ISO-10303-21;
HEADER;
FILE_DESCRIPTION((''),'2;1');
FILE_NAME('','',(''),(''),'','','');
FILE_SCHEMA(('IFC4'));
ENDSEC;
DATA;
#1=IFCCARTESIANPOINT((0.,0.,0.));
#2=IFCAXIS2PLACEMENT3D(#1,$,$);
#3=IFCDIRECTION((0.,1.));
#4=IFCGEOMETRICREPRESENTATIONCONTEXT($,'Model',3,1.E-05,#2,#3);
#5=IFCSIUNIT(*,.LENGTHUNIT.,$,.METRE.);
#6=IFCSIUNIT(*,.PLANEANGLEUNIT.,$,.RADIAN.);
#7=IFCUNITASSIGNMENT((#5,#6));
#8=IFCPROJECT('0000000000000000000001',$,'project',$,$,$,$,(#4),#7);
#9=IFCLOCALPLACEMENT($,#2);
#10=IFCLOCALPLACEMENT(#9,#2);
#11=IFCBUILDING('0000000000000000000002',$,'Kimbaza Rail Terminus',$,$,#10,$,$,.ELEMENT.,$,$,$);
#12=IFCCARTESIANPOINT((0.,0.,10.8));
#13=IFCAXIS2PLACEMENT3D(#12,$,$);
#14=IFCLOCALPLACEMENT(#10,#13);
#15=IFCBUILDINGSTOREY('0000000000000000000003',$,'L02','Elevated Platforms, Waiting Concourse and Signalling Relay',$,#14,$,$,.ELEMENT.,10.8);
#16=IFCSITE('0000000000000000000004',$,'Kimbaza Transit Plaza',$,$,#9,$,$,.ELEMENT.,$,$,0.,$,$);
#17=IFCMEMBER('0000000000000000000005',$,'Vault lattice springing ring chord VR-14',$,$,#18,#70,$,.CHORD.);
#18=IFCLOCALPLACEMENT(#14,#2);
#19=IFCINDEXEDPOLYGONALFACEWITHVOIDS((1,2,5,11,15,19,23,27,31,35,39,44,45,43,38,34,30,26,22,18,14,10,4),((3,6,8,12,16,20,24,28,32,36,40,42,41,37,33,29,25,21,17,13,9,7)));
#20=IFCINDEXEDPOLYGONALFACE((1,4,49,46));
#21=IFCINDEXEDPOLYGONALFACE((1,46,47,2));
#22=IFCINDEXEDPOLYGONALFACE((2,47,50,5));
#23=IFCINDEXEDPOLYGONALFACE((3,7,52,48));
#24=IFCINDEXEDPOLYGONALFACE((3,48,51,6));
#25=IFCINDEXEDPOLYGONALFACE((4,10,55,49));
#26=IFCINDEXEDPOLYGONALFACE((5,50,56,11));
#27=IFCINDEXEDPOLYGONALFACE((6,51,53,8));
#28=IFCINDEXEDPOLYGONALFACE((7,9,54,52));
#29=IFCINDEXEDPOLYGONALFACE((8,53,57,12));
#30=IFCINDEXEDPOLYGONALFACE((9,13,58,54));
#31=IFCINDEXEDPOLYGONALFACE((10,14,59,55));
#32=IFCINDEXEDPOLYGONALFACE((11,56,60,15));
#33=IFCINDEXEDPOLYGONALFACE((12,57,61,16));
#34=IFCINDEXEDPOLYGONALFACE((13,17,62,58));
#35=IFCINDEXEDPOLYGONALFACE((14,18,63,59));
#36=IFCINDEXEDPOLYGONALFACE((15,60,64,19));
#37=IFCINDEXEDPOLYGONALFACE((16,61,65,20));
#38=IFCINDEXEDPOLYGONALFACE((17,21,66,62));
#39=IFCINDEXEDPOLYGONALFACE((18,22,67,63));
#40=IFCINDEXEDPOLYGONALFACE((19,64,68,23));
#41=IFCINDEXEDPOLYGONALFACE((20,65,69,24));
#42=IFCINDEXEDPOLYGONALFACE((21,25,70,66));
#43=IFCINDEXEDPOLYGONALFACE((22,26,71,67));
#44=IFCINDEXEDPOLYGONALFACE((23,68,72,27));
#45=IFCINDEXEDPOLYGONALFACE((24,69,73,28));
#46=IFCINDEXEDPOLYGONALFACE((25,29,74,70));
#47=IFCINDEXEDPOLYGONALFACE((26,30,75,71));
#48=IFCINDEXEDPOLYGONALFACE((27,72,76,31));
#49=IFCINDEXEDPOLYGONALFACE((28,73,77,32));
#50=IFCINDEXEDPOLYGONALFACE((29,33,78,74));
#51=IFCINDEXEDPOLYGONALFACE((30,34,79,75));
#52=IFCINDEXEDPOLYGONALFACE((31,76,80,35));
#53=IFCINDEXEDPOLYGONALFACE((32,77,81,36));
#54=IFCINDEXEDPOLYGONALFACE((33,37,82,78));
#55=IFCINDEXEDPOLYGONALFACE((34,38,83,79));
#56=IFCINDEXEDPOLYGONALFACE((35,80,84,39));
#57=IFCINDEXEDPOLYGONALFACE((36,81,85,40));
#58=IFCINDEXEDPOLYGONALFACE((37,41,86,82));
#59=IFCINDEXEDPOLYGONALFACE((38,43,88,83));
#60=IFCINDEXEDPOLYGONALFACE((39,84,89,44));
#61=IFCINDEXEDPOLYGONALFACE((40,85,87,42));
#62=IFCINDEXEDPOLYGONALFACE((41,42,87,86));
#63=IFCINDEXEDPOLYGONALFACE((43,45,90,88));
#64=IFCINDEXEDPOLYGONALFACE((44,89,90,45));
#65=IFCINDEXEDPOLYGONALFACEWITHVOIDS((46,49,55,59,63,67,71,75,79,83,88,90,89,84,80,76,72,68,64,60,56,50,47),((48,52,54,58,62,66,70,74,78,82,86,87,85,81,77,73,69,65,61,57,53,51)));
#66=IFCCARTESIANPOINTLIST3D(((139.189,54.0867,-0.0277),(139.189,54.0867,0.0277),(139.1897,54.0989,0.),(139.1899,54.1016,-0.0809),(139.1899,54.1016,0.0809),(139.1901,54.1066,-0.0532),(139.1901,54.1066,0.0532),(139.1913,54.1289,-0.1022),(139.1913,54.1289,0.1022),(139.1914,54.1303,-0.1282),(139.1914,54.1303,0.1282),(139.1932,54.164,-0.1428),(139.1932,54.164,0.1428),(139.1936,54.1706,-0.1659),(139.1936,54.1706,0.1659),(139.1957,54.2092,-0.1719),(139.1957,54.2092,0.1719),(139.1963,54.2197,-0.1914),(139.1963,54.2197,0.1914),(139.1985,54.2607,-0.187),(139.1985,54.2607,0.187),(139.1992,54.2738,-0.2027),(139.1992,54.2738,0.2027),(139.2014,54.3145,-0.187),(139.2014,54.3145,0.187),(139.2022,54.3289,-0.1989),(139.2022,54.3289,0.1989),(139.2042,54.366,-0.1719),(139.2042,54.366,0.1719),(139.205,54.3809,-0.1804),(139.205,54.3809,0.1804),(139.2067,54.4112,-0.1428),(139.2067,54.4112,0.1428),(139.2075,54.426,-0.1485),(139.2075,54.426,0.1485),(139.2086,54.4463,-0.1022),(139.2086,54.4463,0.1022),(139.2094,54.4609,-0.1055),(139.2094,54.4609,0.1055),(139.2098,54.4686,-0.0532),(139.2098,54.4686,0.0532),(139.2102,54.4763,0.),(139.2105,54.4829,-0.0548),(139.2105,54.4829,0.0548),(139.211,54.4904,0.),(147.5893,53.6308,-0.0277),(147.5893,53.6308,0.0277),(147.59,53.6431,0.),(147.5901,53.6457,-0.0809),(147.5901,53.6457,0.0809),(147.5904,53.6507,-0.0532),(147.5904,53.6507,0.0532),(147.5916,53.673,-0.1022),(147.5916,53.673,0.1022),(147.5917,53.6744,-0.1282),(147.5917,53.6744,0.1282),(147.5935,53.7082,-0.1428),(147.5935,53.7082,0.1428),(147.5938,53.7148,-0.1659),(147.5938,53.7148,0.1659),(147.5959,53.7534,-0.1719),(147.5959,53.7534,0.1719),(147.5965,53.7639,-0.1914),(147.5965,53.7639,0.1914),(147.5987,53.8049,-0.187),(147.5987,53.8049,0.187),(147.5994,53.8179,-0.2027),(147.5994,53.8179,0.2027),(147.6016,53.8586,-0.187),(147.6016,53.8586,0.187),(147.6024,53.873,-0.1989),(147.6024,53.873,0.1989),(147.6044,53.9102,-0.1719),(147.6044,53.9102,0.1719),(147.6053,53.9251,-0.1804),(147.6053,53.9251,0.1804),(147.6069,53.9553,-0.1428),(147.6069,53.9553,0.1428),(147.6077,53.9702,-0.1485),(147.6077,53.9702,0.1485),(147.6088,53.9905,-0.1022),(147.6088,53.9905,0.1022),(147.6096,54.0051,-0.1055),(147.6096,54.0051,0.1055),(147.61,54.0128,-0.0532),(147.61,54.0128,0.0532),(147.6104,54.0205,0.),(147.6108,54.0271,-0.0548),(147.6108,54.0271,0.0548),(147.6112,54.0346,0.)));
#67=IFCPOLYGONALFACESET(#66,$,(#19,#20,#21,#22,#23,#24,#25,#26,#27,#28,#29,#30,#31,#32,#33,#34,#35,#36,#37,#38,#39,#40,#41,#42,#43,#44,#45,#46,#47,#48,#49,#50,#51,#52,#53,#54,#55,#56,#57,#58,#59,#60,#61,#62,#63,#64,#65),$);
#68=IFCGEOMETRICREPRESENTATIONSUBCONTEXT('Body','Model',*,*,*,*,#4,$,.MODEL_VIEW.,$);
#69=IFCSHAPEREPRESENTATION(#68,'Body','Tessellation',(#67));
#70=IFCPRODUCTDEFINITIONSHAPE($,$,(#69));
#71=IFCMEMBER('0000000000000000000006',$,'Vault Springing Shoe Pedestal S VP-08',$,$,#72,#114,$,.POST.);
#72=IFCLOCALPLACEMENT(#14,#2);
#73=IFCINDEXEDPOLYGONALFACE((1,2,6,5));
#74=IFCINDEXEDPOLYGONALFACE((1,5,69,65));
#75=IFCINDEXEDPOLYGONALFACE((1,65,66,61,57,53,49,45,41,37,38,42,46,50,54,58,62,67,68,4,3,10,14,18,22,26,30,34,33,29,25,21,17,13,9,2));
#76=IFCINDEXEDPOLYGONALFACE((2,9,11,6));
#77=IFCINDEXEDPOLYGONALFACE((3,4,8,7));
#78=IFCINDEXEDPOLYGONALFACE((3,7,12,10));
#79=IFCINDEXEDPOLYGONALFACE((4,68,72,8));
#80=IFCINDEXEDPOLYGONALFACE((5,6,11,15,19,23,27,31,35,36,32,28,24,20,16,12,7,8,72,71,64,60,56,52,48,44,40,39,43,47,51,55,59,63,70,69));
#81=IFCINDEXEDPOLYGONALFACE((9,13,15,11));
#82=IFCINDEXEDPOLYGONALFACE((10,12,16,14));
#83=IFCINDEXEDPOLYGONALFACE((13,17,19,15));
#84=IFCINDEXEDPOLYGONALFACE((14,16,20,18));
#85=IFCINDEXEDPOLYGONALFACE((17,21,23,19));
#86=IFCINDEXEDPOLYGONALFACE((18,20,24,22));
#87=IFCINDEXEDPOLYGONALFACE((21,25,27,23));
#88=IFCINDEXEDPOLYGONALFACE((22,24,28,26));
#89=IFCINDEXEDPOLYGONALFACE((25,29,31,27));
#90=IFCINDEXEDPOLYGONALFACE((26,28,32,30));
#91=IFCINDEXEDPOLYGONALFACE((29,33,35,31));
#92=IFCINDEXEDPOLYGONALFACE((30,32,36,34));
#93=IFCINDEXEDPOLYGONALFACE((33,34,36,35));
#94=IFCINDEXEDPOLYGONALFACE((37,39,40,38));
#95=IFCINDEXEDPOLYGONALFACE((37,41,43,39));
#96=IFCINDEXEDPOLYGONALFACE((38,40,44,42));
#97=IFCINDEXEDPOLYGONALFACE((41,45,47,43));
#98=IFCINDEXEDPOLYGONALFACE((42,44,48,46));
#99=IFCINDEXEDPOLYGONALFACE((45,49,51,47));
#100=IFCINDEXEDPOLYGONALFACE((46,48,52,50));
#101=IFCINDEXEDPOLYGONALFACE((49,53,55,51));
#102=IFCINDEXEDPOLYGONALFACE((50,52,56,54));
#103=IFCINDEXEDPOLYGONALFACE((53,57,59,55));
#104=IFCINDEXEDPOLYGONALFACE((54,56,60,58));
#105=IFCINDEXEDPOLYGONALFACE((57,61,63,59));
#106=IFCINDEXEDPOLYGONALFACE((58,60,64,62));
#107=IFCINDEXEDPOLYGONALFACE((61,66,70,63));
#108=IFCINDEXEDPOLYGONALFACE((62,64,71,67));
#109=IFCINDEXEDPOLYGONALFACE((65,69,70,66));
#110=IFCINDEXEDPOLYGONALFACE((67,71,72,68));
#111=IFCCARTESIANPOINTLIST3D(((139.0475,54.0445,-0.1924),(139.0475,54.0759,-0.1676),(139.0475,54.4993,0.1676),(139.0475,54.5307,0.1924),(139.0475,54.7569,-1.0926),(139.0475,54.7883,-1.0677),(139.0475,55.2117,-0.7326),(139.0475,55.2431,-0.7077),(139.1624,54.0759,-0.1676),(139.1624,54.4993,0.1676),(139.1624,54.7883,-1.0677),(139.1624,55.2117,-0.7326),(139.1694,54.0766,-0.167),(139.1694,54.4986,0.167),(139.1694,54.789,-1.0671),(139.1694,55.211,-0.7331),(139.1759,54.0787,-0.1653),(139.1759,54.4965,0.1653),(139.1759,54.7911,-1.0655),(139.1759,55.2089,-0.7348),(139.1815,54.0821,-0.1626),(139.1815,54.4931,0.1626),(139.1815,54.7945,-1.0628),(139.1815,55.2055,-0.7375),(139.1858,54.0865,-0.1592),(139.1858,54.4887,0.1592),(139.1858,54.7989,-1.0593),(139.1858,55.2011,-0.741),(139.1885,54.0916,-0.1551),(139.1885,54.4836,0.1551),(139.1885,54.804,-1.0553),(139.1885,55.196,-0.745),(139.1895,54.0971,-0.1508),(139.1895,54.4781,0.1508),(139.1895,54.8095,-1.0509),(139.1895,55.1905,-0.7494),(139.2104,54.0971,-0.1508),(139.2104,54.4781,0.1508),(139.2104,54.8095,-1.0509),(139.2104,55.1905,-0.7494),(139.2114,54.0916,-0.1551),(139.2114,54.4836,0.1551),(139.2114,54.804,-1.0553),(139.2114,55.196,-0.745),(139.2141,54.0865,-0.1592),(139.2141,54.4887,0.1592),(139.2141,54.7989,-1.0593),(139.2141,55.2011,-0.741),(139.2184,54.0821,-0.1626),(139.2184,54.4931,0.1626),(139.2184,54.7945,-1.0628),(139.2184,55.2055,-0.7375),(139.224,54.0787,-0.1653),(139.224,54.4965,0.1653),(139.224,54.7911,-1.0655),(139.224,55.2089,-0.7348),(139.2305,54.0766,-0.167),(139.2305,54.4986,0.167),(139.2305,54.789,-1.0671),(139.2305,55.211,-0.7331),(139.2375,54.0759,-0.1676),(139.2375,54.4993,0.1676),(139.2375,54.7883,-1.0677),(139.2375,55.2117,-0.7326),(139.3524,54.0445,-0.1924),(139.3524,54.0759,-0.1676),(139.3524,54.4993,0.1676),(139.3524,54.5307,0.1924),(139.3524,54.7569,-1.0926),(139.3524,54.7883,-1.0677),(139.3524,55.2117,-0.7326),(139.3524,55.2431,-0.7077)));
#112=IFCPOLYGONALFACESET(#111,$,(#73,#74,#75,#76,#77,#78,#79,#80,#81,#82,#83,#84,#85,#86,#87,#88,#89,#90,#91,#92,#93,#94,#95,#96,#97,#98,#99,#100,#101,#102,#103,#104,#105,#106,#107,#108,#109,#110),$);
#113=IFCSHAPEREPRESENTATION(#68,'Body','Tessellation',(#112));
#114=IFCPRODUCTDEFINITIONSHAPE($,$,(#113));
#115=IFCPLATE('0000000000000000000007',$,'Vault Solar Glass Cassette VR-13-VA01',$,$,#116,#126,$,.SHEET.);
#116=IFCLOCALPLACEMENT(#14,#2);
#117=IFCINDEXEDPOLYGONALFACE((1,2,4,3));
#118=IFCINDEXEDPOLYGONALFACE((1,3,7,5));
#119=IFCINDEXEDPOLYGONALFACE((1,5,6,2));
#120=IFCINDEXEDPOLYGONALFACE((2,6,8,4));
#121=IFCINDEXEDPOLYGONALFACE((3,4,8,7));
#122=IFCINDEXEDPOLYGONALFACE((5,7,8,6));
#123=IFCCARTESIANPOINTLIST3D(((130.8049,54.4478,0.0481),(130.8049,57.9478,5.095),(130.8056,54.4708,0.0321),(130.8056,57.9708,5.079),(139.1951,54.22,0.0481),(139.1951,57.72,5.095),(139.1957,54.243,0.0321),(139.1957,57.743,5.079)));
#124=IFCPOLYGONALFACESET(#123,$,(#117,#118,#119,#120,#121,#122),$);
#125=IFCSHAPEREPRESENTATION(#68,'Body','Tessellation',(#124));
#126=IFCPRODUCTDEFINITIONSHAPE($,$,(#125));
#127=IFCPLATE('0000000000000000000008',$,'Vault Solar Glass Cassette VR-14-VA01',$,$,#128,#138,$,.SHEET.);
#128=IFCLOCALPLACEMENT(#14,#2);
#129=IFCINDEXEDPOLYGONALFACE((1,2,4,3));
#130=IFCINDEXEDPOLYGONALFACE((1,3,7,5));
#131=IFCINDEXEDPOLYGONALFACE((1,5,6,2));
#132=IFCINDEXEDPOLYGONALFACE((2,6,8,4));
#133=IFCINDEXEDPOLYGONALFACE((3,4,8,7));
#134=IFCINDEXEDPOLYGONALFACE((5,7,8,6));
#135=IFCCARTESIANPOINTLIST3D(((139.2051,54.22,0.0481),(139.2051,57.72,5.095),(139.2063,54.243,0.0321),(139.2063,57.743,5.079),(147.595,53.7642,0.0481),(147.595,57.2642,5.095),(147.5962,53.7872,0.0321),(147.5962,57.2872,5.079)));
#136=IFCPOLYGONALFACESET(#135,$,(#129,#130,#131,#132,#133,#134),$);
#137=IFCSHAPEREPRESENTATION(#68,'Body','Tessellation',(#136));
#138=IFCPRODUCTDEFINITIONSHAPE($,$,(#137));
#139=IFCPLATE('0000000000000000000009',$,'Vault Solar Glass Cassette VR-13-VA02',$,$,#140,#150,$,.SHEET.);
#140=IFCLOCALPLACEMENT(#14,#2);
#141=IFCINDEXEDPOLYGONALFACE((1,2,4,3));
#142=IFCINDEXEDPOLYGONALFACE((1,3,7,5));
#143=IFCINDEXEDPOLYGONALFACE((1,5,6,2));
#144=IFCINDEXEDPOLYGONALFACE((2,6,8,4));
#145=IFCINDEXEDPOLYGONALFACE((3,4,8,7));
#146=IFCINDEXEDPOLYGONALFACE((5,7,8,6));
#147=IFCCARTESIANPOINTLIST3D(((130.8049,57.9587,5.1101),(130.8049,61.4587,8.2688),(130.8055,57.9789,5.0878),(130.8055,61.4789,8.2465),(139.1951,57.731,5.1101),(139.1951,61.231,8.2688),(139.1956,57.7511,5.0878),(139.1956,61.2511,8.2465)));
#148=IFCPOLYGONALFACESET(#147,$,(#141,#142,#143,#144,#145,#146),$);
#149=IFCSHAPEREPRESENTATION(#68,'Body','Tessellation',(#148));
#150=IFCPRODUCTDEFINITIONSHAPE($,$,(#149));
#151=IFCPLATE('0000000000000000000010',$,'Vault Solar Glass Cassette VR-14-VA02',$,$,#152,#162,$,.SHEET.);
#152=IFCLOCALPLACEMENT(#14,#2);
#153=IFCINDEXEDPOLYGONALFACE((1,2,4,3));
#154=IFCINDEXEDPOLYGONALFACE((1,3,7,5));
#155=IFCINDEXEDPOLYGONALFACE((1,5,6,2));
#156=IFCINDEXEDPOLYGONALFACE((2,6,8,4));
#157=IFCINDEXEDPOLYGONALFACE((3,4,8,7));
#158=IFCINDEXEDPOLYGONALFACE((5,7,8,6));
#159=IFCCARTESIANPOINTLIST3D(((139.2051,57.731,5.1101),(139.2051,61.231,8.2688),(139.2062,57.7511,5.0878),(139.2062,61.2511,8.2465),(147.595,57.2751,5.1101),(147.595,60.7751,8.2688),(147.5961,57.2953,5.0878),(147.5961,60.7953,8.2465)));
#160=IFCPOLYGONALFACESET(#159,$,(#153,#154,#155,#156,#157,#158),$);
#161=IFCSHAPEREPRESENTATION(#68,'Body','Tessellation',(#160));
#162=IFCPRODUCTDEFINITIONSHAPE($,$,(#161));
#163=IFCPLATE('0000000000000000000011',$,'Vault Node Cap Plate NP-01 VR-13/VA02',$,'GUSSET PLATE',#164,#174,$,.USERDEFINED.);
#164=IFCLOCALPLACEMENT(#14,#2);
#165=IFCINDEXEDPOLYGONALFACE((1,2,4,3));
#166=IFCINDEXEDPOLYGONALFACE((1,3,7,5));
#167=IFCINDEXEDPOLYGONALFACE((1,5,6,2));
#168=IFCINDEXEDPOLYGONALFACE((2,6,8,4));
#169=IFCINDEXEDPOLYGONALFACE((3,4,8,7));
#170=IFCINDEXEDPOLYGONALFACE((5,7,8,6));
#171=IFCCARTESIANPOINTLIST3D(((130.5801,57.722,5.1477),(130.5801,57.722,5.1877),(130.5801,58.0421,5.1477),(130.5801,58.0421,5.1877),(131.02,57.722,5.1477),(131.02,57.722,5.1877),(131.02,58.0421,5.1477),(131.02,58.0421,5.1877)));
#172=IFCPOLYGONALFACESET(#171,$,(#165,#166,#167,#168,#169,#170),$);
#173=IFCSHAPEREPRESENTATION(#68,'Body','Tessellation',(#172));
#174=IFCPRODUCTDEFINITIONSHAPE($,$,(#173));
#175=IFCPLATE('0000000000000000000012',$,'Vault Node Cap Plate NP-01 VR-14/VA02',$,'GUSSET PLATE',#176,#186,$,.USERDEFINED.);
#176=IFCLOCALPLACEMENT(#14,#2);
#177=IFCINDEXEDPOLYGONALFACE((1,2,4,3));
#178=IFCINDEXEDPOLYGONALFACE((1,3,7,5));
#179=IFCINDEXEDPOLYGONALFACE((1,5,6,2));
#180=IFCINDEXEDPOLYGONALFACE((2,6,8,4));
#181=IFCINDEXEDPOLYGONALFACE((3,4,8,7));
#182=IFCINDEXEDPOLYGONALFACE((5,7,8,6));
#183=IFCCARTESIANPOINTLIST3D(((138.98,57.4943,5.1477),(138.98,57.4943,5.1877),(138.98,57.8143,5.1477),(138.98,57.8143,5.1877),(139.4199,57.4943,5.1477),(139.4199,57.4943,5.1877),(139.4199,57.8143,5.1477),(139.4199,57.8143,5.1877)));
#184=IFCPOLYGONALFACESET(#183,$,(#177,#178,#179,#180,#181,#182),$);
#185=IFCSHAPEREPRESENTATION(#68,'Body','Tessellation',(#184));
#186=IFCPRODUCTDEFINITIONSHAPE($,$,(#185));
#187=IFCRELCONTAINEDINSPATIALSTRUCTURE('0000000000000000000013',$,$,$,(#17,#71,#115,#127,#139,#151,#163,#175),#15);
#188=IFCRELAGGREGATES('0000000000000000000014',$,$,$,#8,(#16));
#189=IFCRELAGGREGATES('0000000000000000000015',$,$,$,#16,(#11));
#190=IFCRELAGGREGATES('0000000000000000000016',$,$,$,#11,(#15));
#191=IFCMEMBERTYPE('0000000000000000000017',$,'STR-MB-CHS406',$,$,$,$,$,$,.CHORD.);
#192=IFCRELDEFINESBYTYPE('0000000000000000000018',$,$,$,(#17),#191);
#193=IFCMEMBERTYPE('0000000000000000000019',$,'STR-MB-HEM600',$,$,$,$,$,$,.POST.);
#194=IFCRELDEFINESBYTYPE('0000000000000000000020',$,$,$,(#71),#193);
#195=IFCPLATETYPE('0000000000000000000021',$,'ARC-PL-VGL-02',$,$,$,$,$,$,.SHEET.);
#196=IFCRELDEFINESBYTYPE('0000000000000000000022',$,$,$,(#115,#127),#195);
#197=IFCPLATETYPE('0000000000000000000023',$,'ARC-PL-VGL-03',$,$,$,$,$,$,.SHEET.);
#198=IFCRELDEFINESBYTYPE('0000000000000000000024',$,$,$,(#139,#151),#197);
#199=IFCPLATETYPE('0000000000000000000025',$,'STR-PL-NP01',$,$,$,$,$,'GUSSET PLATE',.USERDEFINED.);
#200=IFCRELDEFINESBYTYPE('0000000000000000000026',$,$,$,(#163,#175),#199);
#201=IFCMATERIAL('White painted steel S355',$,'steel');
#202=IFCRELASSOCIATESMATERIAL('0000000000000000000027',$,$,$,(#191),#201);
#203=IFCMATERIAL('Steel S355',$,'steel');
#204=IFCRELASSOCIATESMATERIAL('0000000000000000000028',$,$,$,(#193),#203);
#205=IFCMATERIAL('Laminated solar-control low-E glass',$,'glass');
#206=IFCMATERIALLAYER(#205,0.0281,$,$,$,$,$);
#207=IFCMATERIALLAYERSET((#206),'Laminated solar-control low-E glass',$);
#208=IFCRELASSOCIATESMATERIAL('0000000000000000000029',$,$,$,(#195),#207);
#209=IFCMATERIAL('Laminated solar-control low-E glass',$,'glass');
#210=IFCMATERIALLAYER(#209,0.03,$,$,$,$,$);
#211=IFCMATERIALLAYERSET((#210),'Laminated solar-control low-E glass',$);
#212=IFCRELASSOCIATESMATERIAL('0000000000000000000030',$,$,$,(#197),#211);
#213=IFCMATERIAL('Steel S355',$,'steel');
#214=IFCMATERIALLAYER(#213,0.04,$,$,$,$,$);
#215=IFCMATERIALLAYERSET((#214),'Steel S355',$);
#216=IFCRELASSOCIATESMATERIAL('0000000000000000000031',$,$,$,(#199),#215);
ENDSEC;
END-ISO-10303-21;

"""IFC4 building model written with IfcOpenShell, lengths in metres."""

from ifc_helpers import new_model, si_unit, direction, frame, origin, origin_2d, place, context, subcontext, project, spatial, polyline, rectangle, hollow_circle, i_section, outline, extrude, material, layer, layer_set, material_profile, profile_set, type_object, element, save


model = new_model("IFC4")

# Units and contexts
model_context = context("Model", 3, precision=1e-05, world=origin(), true_north=direction((0.0, 1.0)))
body_context = subcontext(model_context, "Body", "Model", "MODEL_VIEW")
ifc_project = project(units=[si_unit("LENGTHUNIT", "METRE"), si_unit("PLANEANGLEUNIT", "RADIAN")], contexts=[model_context])

# Site, building, storey
site_placement = place(None, origin())
site = spatial("IfcSite", under=ifc_project, at=site_placement, Name="Kimbaza Transit Plaza", CompositionType="ELEMENT", RefElevation=0.0)
building_placement = place(site_placement, origin())
building = spatial("IfcBuilding", under=site, at=building_placement, Name="Kimbaza Rail Terminus", CompositionType="ELEMENT")
storey_placement = place(building_placement, frame((0.0, 0.0, 10.8)))
storey = spatial("IfcBuildingStorey", under=building, at=storey_placement, Name="L02", Description="Elevated Platforms, Waiting Concourse and Signalling Relay", CompositionType="ELEMENT", Elevation=10.8)

# Members
ifc_material_1 = material(Name="White painted steel S355", Category="steel")
ifc_material_profile_1 = material_profile(ifc_material_1, hollow_circle(Radius=0.2031, WallThickness=0.0142, at=origin_2d()), Name="CHS 406.4x14.2")
ifc_profile_set_1 = profile_set([ifc_material_profile_1], Name="White painted steel S355")
member_type_1 = type_object("IfcMemberType", Name="STR-MB-CHS406", PredefinedType="CHORD", material=ifc_profile_set_1)
member_1_placement = place(storey_placement, frame((139.2, 54.2876, 0.0), z_axis=(0.998531, -0.054183, 0.0), x_axis=(0.054183, 0.998531, 0.0)))
element("IfcMember", 1, at=member_1_placement, inside=storey, type_object=member_type_1, Name="Vault lattice springing ring chord VR-14", PredefinedType="CHORD", context=body_context, shape_type="SweptSolid", body=[
    extrude(hollow_circle(Radius=0.2031, WallThickness=0.0142, at=origin_2d()), origin(), (0.0, 0.0, 1.0), 8.4126),
])
ifc_material_2 = material(Name="Steel S355", Category="steel")
ifc_material_profile_2 = material_profile(ifc_material_2, i_section(OverallWidth=0.3049, OverallDepth=0.6201, WebThickness=0.021, FlangeThickness=0.04, FilletRadius=0.0271, at=origin_2d()), Name="HEM 600")
ifc_profile_set_2 = profile_set([ifc_material_profile_2], Name="Steel S355")
member_type_2 = type_object("IfcMemberType", Name="STR-MB-HEM600", PredefinedType="POST", material=ifc_profile_set_2)
member_2_placement = place(storey_placement, frame((139.2, 55.0, -0.9001), z_axis=(0.0, -0.620589, 0.784136), x_axis=(1.0, 0.0, 0.0)))
element("IfcMember", 2, at=member_2_placement, inside=storey, type_object=member_type_2, Name="Vault Springing Shoe Pedestal S VP-08", PredefinedType="POST", context=body_context, shape_type="SweptSolid", body=[
    extrude(i_section(OverallWidth=0.3049, OverallDepth=0.6201, WebThickness=0.021, FlangeThickness=0.04, FilletRadius=0.0271, at=origin_2d()), origin(), (0.0, 0.0, 1.0), 1.1479),
])

# Plates
ifc_material_3 = material(Name="Laminated solar-control low-E glass", Category="glass")
ifc_layer_1 = layer(ifc_material_3, 0.0281)
ifc_layer_set_1 = layer_set([ifc_layer_1], Name="Laminated solar-control low-E glass")
plate_type_1 = type_object("IfcPlateType", Name="ARC-PL-VGL-02", PredefinedType="SHEET", material=ifc_layer_set_1)
plate_1_placement = place(storey_placement, frame((130.8049, 54.4478, 0.0481), z_axis=(-0.022304, -0.82153, 0.569729), x_axis=(0.999632, -0.027139, 0.0)))
element("IfcPlate", 3, at=plate_1_placement, inside=storey, type_object=plate_type_1, Name="Vault Solar Glass Cassette VR-13-VA01", PredefinedType="SHEET", context=body_context, shape_type="SweptSolid", body=[
    extrude(outline(polyline([(0.0, 0.0), (8.3932, 0.0), (8.2982, 6.141), (-0.095, 6.141), (0.0, 0.0)])), origin(), (0.0, 0.0, -1.0), 0.0281),
])
plate_2_placement = place(storey_placement, frame((139.2051, 54.22, 0.0481), z_axis=(-0.044599, -0.820916, 0.569304), x_axis=(0.998527, -0.054249, 0.0)))
element("IfcPlate", 4, at=plate_2_placement, inside=storey, type_object=plate_type_1, Name="Vault Solar Glass Cassette VR-14-VA01", PredefinedType="SHEET", context=body_context, shape_type="SweptSolid", body=[
    extrude(outline(polyline([(0.0, 0.0), (8.4023, 0.0), (8.2124, 6.1388), (-0.1899, 6.1388), (0.0, 0.0)])), origin(), (0.0, 0.0, -1.0), 0.0281),
])
ifc_material_4 = material(Name="Laminated solar-control low-E glass", Category="glass")
ifc_layer_2 = layer(ifc_material_4, 0.03)
ifc_layer_set_2 = layer_set([ifc_layer_2], Name="Laminated solar-control low-E glass")
plate_type_2 = type_object("IfcPlateType", Name="ARC-PL-VGL-03", PredefinedType="SHEET", material=ifc_layer_set_2)
plate_3_placement = place(storey_placement, frame((130.8049, 57.9587, 5.1101), z_axis=(-0.018186, -0.669872, 0.742254), x_axis=(0.999632, -0.027139, 0.0)))
element("IfcPlate", 5, at=plate_3_placement, inside=storey, type_object=plate_type_2, Name="Vault Solar Glass Cassette VR-13-VA02", PredefinedType="SHEET", context=body_context, shape_type="SweptSolid", body=[
    extrude(outline(polyline([(0.0, 0.0), (8.3932, 0.0), (8.2982, 4.7136), (-0.095, 4.7136), (0.0, 0.0)])), origin(), (0.0, 0.0, -1.0), 0.03),
])
plate_4_placement = place(storey_placement, frame((139.2051, 57.731, 5.1101), z_axis=(-0.036375, -0.669539, 0.741885), x_axis=(0.998527, -0.054249, 0.0)))
element("IfcPlate", 6, at=plate_4_placement, inside=storey, type_object=plate_type_2, Name="Vault Solar Glass Cassette VR-14-VA02", PredefinedType="SHEET", context=body_context, shape_type="SweptSolid", body=[
    extrude(outline(polyline([(0.0, 0.0), (8.4023, 0.0), (8.2124, 4.7108), (-0.1899, 4.7108), (0.0, 0.0)])), origin(), (0.0, 0.0, -1.0), 0.03),
])
ifc_material_5 = material(Name="Steel S355", Category="steel")
ifc_layer_3 = layer(ifc_material_5, 0.04)
ifc_layer_set_3 = layer_set([ifc_layer_3], Name="Steel S355")
plate_type_3 = type_object("IfcPlateType", Name="STR-PL-NP01", ElementType="GUSSET PLATE", PredefinedType="USERDEFINED", material=ifc_layer_set_3)
for number, where, z_axis, x_axis, name in (
    (7, (130.8, 57.8821, 5.1477), (0.0, 0.0, 1.0), (1.0, 0.0, 0.0), "Vault Node Cap Plate NP-01 VR-13/VA02"),
    (8, (139.2, 57.6543, 5.1477), (0.0, 0.0, 1.0), (1.0, 0.0, 0.0), "Vault Node Cap Plate NP-01 VR-14/VA02"),
):
    element("IfcPlate", number, at=place(storey_placement, frame(where, z_axis=z_axis, x_axis=x_axis)), inside=storey, type_object=plate_type_3, Name=name, ObjectType="GUSSET PLATE", PredefinedType="USERDEFINED", context=body_context, shape_type="SweptSolid", body=[
        extrude(rectangle(XDim=0.4399, YDim=0.3201, at=origin_2d()), origin(), (0.0, 0.0, 1.0), 0.04),
    ])

save(model, "model.ifc")
